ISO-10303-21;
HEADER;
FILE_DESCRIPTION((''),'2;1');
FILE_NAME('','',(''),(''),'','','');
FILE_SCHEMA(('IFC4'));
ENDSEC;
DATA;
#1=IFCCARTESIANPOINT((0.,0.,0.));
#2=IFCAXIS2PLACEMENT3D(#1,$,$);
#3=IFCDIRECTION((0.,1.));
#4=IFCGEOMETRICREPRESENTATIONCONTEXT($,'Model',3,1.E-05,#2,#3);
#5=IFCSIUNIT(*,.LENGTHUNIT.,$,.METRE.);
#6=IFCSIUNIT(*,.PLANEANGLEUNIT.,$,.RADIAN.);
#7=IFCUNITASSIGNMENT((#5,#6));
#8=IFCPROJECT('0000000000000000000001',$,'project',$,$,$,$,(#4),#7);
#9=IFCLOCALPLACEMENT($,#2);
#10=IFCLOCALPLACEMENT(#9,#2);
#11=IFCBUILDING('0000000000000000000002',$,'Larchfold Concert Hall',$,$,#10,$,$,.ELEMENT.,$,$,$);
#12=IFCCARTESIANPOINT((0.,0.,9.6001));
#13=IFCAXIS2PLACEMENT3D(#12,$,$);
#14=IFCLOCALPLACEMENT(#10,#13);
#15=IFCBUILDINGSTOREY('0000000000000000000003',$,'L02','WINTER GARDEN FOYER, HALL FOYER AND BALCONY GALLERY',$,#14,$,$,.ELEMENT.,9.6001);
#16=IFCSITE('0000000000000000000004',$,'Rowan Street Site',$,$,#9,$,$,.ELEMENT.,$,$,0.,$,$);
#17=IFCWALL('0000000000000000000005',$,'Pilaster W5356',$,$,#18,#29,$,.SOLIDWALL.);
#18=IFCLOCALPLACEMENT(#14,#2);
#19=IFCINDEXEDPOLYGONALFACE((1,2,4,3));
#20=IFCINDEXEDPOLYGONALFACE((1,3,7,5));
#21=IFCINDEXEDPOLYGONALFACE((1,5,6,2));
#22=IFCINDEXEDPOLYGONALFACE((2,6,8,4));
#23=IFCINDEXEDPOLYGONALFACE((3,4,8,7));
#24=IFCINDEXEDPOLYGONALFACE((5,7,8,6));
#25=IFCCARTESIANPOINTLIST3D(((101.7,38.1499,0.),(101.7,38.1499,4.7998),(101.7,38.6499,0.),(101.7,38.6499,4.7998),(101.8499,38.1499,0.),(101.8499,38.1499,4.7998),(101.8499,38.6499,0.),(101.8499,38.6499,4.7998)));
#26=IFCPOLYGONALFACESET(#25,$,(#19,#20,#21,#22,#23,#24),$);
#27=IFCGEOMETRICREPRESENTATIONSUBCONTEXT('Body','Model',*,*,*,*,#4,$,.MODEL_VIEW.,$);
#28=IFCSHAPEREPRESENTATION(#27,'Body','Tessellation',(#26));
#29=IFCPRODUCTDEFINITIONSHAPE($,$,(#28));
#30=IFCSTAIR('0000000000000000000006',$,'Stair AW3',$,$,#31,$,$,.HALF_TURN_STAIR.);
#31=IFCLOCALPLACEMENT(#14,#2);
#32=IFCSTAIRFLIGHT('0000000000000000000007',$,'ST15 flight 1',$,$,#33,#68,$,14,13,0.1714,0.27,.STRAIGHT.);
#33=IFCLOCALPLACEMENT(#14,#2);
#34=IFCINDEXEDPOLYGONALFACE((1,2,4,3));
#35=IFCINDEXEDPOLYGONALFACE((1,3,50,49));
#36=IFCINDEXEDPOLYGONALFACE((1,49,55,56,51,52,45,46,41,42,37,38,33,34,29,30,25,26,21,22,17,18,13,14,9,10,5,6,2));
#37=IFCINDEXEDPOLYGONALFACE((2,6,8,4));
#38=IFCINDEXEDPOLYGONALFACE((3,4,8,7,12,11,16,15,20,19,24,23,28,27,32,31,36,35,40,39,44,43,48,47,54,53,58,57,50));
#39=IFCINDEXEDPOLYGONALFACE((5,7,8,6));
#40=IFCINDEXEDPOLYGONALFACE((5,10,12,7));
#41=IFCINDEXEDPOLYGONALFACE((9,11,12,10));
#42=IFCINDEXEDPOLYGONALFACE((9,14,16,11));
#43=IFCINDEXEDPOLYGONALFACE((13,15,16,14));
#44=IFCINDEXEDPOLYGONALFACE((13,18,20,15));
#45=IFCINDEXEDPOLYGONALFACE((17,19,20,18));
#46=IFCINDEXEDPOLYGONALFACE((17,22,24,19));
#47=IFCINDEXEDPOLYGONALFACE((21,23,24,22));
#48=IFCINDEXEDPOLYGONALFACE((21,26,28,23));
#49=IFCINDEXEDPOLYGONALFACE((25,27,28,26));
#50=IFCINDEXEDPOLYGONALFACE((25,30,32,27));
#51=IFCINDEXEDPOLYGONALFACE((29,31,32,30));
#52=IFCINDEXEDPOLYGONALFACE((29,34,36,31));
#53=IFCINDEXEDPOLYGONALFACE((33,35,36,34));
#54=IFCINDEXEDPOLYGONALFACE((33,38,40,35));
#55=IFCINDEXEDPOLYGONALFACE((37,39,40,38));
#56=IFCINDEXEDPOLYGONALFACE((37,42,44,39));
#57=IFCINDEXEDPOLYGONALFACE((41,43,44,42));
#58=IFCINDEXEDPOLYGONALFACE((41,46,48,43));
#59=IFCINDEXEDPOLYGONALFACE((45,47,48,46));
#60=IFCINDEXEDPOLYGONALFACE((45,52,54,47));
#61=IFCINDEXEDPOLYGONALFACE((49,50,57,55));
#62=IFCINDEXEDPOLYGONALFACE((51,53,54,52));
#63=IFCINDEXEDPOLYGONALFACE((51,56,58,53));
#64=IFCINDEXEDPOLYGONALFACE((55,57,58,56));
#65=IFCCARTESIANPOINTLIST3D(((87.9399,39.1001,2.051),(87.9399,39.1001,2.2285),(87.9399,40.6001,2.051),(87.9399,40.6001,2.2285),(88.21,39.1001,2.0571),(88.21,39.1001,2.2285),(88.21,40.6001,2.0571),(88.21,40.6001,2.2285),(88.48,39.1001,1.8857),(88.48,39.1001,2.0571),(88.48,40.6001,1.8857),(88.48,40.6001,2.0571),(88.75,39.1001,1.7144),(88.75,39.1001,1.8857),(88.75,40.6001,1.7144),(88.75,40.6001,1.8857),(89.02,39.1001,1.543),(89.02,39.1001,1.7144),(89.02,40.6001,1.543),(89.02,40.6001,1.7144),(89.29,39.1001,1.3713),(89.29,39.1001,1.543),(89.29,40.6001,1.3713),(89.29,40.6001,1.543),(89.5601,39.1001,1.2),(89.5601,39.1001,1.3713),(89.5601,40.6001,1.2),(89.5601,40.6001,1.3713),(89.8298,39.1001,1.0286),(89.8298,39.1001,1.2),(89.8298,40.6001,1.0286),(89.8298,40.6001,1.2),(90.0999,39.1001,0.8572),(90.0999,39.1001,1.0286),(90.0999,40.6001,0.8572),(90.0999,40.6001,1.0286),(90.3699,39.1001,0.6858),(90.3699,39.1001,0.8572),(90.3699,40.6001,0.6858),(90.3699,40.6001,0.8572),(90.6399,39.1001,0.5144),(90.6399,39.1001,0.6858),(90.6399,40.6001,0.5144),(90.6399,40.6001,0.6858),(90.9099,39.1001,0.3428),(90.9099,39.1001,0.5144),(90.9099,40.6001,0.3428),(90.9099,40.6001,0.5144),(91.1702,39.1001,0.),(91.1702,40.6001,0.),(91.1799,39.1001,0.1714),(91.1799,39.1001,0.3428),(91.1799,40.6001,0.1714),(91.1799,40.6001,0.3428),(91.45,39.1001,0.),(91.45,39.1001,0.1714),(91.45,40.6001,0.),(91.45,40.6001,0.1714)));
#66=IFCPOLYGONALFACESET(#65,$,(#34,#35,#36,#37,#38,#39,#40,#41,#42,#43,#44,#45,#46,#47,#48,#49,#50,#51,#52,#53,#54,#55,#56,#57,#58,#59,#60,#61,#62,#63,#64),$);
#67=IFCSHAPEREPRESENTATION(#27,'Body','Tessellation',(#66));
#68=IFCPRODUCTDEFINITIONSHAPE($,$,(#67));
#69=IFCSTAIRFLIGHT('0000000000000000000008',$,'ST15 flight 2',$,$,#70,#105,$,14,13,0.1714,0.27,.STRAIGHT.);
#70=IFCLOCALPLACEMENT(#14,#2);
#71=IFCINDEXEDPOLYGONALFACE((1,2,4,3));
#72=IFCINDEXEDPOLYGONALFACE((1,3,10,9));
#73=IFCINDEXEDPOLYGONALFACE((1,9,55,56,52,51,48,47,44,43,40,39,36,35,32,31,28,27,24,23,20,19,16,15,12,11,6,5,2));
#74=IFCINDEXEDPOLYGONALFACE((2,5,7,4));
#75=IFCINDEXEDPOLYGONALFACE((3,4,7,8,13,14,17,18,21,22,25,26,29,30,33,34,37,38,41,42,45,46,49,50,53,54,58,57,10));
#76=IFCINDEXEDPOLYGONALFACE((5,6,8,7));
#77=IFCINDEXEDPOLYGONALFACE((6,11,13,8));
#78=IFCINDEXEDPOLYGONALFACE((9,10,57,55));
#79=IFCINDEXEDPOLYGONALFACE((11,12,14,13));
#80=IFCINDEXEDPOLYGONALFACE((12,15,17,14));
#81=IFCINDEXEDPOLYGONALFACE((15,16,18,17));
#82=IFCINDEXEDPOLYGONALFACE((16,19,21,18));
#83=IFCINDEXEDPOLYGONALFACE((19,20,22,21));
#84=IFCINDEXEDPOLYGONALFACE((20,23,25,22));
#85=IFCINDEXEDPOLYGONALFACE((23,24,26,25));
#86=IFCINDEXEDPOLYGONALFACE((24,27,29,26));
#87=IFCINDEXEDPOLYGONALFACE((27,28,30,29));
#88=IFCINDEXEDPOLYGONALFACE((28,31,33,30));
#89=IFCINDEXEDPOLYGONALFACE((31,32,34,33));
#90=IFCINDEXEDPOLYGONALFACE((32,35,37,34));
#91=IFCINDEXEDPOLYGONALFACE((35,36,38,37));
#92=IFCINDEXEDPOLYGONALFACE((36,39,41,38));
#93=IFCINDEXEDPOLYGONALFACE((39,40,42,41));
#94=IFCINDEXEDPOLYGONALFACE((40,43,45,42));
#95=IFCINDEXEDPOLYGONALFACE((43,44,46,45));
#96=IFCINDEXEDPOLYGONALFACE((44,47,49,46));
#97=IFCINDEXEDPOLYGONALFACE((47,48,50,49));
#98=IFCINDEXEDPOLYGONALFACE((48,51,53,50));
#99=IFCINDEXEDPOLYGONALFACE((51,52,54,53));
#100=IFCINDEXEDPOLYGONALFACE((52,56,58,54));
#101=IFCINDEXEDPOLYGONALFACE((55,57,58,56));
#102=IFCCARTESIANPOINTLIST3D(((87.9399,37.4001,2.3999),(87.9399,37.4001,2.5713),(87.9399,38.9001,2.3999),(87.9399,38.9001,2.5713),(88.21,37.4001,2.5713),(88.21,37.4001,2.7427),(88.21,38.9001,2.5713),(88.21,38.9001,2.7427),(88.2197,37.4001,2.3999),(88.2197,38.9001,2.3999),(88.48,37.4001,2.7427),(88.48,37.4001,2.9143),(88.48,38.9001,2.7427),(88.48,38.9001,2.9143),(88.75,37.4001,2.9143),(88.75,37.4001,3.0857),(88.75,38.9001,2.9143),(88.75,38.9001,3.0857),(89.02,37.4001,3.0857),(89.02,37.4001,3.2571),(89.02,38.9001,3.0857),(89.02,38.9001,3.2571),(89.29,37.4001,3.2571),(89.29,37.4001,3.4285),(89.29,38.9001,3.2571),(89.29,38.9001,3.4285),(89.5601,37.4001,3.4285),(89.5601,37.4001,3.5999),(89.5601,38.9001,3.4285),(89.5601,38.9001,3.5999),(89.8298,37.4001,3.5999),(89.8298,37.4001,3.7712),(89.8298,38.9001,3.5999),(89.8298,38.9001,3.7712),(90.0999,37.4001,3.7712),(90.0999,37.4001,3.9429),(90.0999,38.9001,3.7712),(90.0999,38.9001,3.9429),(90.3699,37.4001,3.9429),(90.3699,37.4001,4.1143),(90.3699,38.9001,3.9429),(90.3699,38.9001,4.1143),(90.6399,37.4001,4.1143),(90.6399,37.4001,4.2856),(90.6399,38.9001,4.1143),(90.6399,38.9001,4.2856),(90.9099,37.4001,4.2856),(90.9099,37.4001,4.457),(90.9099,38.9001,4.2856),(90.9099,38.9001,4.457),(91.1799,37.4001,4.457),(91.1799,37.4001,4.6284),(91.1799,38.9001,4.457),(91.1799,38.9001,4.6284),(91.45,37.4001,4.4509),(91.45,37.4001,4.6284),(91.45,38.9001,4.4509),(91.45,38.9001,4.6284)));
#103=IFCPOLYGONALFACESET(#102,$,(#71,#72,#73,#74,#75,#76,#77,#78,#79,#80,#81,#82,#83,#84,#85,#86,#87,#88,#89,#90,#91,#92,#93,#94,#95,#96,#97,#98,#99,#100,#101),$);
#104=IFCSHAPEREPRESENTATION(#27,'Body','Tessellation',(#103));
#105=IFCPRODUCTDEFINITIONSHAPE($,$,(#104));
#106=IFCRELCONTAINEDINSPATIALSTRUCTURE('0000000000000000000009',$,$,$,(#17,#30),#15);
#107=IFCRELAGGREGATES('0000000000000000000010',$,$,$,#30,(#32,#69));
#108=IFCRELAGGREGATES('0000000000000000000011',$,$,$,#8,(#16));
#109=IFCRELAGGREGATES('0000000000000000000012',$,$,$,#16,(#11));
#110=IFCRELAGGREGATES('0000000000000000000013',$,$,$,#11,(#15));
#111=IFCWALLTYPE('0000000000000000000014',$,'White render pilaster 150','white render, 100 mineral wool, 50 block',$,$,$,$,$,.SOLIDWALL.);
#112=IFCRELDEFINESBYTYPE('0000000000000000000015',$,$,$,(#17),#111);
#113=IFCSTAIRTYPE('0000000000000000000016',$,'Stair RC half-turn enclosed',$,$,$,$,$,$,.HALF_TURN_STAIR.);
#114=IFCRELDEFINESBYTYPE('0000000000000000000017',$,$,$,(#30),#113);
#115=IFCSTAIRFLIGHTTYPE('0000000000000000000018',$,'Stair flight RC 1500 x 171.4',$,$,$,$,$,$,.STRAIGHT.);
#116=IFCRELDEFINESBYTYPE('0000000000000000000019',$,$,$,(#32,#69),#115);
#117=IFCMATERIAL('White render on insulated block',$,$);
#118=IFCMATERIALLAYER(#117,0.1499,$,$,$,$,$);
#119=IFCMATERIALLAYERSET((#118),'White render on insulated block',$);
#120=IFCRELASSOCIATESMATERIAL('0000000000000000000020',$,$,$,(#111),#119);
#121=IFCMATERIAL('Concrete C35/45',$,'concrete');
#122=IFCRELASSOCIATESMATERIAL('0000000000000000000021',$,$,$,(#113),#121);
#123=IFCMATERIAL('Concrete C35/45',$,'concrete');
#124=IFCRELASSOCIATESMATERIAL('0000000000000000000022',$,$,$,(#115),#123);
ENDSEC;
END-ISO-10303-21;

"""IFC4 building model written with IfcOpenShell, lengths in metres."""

from ifc_helpers import new_model, si_unit, direction, frame, frame_2d, origin, place, context, subcontext, project, spatial, polyline, rectangle, outline, extrude, material, layer, layer_set, type_object, element, aggregate, save


model = new_model("IFC4")

# Units and contexts
model_context = context("Model", 3, precision=1e-05, world=origin(), true_north=direction((0.0, 1.0)))
body_context = subcontext(model_context, "Body", "Model", "MODEL_VIEW")
ifc_project = project(units=[si_unit("LENGTHUNIT", "METRE"), si_unit("PLANEANGLEUNIT", "RADIAN")], contexts=[model_context])

# Site, building, storey
site_placement = place(None, origin())
site = spatial("IfcSite", under=ifc_project, at=site_placement, Name="Rowan Street Site", CompositionType="ELEMENT", RefElevation=0.0)
building_placement = place(site_placement, origin())
building = spatial("IfcBuilding", under=site, at=building_placement, Name="Larchfold Concert Hall", CompositionType="ELEMENT")
storey_placement = place(building_placement, frame((0.0, 0.0, 9.6001)))
storey = spatial("IfcBuildingStorey", under=building, at=storey_placement, Name="L02", Description="WINTER GARDEN FOYER, HALL FOYER AND BALCONY GALLERY", CompositionType="ELEMENT", Elevation=9.6001)

# Wall
ifc_material_1 = material(Name="White render on insulated block")
ifc_layer_1 = layer(ifc_material_1, 0.1499)
ifc_layer_set_1 = layer_set([ifc_layer_1], Name="White render on insulated block")
wall_type_1 = type_object("IfcWallType", Name="White render pilaster 150", Description="white render, 100 mineral wool, 50 block", PredefinedType="SOLIDWALL", material=ifc_layer_set_1)
wall_1_placement = place(storey_placement, frame((101.7749, 38.1499, 0.0), z_axis=(0.0, 0.0, 1.0), x_axis=(0.0, 1.0, 0.0)))
element("IfcWall", 1, at=wall_1_placement, inside=storey, type_object=wall_type_1, Name="Pilaster W5356", PredefinedType="SOLIDWALL", context=body_context, shape_type="SweptSolid", body=[
    extrude(rectangle(XDim=0.5, YDim=0.1499, at=frame_2d((0.25, 0.0))), origin(), (0.0, 0.0, 1.0), 4.7998),
])

# Stair, stair flights
ifc_material_2 = material(Name="Concrete C35/45", Category="concrete")
stair_type = type_object("IfcStairType", Name="Stair RC half-turn enclosed", PredefinedType="HALF_TURN_STAIR", material=ifc_material_2)
stair_placement = place(storey_placement, origin())
stair = element("IfcStair", 2, at=stair_placement, inside=storey, type_object=stair_type, Name="Stair AW3", PredefinedType="HALF_TURN_STAIR")
ifc_material_3 = material(Name="Concrete C35/45", Category="concrete")
stair_flight_type = type_object("IfcStairFlightType", Name="Stair flight RC 1500 x 171.4", PredefinedType="STRAIGHT", material=ifc_material_3)
stair_flight_1_placement = place(storey_placement, frame((91.45, 39.8501, 0.0), z_axis=(0.0, 0.0, 1.0), x_axis=(-1.0, 0.0, 0.0)))
stair_flight_1 = element("IfcStairFlight", 3, at=stair_flight_1_placement, type_object=stair_flight_type, Name="ST15 flight 1", NumberOfRisers=14, NumberOfTreads=13, PredefinedType="STRAIGHT", RiserHeight=0.1714, TreadLength=0.27, context=body_context, shape_type="SweptSolid", body=[
    extrude(outline(polyline([(0.0, 0.0), (0.0, 0.1714), (0.27, 0.1714), (0.27, 0.3428), (0.54, 0.3428), (0.54, 0.5144), (0.8101, 0.5144), (0.8101, 0.6858), (1.0801, 0.6858), (1.0801, 0.8572), (1.3501, 0.8572), (1.3501, 1.0286), (1.6201, 1.0286), (1.6201, 1.2), (1.8899, 1.2), (1.8899, 1.3713), (2.1599, 1.3713), (2.1599, 1.543), (2.4299, 1.543), (2.4299, 1.7144), (2.7, 1.7144), (2.7, 1.8857), (2.97, 1.8857), (2.97, 2.0571), (3.24, 2.0571), (3.24, 2.2285), (3.51, 2.2285), (3.51, 2.3999), (3.51, 2.051), (0.2798, 0.0), (0.0, 0.0)])), frame((0.0, 0.75, 0.0), z_axis=(0.0, -1.0, 0.0), x_axis=(1.0, 0.0, 0.0)), (0.0, 0.0, 1.0), 1.5),
])
stair_flight_2_placement = place(storey_placement, frame((87.9399, 38.1501, 2.3999), z_axis=(0.0, 0.0, 1.0), x_axis=(1.0, 0.0, 0.0)))
stair_flight_2 = element("IfcStairFlight", 4, at=stair_flight_2_placement, type_object=stair_flight_type, Name="ST15 flight 2", NumberOfRisers=14, NumberOfTreads=13, PredefinedType="STRAIGHT", RiserHeight=0.1714, TreadLength=0.27, context=body_context, shape_type="SweptSolid", body=[
    extrude(outline(polyline([(0.0, 0.0), (0.0, 0.1714), (0.27, 0.1714), (0.27, 0.3428), (0.54, 0.3428), (0.54, 0.5144), (0.8101, 0.5144), (0.8101, 0.6858), (1.0801, 0.6858), (1.0801, 0.8572), (1.3501, 0.8572), (1.3501, 1.0286), (1.6201, 1.0286), (1.6201, 1.2), (1.8899, 1.2), (1.8899, 1.3713), (2.1599, 1.3713), (2.1599, 1.543), (2.4299, 1.543), (2.4299, 1.7144), (2.7, 1.7144), (2.7, 1.8857), (2.97, 1.8857), (2.97, 2.0571), (3.24, 2.0571), (3.24, 2.2285), (3.51, 2.2285), (3.51, 2.3999), (3.51, 2.051), (0.2798, 0.0), (0.0, 0.0)])), frame((0.0, 0.75, 0.0), z_axis=(0.0, -1.0, 0.0), x_axis=(1.0, 0.0, 0.0)), (0.0, 0.0, 1.0), 1.5),
])
aggregate(stair, [stair_flight_1, stair_flight_2])

save(model, "model.ifc")
